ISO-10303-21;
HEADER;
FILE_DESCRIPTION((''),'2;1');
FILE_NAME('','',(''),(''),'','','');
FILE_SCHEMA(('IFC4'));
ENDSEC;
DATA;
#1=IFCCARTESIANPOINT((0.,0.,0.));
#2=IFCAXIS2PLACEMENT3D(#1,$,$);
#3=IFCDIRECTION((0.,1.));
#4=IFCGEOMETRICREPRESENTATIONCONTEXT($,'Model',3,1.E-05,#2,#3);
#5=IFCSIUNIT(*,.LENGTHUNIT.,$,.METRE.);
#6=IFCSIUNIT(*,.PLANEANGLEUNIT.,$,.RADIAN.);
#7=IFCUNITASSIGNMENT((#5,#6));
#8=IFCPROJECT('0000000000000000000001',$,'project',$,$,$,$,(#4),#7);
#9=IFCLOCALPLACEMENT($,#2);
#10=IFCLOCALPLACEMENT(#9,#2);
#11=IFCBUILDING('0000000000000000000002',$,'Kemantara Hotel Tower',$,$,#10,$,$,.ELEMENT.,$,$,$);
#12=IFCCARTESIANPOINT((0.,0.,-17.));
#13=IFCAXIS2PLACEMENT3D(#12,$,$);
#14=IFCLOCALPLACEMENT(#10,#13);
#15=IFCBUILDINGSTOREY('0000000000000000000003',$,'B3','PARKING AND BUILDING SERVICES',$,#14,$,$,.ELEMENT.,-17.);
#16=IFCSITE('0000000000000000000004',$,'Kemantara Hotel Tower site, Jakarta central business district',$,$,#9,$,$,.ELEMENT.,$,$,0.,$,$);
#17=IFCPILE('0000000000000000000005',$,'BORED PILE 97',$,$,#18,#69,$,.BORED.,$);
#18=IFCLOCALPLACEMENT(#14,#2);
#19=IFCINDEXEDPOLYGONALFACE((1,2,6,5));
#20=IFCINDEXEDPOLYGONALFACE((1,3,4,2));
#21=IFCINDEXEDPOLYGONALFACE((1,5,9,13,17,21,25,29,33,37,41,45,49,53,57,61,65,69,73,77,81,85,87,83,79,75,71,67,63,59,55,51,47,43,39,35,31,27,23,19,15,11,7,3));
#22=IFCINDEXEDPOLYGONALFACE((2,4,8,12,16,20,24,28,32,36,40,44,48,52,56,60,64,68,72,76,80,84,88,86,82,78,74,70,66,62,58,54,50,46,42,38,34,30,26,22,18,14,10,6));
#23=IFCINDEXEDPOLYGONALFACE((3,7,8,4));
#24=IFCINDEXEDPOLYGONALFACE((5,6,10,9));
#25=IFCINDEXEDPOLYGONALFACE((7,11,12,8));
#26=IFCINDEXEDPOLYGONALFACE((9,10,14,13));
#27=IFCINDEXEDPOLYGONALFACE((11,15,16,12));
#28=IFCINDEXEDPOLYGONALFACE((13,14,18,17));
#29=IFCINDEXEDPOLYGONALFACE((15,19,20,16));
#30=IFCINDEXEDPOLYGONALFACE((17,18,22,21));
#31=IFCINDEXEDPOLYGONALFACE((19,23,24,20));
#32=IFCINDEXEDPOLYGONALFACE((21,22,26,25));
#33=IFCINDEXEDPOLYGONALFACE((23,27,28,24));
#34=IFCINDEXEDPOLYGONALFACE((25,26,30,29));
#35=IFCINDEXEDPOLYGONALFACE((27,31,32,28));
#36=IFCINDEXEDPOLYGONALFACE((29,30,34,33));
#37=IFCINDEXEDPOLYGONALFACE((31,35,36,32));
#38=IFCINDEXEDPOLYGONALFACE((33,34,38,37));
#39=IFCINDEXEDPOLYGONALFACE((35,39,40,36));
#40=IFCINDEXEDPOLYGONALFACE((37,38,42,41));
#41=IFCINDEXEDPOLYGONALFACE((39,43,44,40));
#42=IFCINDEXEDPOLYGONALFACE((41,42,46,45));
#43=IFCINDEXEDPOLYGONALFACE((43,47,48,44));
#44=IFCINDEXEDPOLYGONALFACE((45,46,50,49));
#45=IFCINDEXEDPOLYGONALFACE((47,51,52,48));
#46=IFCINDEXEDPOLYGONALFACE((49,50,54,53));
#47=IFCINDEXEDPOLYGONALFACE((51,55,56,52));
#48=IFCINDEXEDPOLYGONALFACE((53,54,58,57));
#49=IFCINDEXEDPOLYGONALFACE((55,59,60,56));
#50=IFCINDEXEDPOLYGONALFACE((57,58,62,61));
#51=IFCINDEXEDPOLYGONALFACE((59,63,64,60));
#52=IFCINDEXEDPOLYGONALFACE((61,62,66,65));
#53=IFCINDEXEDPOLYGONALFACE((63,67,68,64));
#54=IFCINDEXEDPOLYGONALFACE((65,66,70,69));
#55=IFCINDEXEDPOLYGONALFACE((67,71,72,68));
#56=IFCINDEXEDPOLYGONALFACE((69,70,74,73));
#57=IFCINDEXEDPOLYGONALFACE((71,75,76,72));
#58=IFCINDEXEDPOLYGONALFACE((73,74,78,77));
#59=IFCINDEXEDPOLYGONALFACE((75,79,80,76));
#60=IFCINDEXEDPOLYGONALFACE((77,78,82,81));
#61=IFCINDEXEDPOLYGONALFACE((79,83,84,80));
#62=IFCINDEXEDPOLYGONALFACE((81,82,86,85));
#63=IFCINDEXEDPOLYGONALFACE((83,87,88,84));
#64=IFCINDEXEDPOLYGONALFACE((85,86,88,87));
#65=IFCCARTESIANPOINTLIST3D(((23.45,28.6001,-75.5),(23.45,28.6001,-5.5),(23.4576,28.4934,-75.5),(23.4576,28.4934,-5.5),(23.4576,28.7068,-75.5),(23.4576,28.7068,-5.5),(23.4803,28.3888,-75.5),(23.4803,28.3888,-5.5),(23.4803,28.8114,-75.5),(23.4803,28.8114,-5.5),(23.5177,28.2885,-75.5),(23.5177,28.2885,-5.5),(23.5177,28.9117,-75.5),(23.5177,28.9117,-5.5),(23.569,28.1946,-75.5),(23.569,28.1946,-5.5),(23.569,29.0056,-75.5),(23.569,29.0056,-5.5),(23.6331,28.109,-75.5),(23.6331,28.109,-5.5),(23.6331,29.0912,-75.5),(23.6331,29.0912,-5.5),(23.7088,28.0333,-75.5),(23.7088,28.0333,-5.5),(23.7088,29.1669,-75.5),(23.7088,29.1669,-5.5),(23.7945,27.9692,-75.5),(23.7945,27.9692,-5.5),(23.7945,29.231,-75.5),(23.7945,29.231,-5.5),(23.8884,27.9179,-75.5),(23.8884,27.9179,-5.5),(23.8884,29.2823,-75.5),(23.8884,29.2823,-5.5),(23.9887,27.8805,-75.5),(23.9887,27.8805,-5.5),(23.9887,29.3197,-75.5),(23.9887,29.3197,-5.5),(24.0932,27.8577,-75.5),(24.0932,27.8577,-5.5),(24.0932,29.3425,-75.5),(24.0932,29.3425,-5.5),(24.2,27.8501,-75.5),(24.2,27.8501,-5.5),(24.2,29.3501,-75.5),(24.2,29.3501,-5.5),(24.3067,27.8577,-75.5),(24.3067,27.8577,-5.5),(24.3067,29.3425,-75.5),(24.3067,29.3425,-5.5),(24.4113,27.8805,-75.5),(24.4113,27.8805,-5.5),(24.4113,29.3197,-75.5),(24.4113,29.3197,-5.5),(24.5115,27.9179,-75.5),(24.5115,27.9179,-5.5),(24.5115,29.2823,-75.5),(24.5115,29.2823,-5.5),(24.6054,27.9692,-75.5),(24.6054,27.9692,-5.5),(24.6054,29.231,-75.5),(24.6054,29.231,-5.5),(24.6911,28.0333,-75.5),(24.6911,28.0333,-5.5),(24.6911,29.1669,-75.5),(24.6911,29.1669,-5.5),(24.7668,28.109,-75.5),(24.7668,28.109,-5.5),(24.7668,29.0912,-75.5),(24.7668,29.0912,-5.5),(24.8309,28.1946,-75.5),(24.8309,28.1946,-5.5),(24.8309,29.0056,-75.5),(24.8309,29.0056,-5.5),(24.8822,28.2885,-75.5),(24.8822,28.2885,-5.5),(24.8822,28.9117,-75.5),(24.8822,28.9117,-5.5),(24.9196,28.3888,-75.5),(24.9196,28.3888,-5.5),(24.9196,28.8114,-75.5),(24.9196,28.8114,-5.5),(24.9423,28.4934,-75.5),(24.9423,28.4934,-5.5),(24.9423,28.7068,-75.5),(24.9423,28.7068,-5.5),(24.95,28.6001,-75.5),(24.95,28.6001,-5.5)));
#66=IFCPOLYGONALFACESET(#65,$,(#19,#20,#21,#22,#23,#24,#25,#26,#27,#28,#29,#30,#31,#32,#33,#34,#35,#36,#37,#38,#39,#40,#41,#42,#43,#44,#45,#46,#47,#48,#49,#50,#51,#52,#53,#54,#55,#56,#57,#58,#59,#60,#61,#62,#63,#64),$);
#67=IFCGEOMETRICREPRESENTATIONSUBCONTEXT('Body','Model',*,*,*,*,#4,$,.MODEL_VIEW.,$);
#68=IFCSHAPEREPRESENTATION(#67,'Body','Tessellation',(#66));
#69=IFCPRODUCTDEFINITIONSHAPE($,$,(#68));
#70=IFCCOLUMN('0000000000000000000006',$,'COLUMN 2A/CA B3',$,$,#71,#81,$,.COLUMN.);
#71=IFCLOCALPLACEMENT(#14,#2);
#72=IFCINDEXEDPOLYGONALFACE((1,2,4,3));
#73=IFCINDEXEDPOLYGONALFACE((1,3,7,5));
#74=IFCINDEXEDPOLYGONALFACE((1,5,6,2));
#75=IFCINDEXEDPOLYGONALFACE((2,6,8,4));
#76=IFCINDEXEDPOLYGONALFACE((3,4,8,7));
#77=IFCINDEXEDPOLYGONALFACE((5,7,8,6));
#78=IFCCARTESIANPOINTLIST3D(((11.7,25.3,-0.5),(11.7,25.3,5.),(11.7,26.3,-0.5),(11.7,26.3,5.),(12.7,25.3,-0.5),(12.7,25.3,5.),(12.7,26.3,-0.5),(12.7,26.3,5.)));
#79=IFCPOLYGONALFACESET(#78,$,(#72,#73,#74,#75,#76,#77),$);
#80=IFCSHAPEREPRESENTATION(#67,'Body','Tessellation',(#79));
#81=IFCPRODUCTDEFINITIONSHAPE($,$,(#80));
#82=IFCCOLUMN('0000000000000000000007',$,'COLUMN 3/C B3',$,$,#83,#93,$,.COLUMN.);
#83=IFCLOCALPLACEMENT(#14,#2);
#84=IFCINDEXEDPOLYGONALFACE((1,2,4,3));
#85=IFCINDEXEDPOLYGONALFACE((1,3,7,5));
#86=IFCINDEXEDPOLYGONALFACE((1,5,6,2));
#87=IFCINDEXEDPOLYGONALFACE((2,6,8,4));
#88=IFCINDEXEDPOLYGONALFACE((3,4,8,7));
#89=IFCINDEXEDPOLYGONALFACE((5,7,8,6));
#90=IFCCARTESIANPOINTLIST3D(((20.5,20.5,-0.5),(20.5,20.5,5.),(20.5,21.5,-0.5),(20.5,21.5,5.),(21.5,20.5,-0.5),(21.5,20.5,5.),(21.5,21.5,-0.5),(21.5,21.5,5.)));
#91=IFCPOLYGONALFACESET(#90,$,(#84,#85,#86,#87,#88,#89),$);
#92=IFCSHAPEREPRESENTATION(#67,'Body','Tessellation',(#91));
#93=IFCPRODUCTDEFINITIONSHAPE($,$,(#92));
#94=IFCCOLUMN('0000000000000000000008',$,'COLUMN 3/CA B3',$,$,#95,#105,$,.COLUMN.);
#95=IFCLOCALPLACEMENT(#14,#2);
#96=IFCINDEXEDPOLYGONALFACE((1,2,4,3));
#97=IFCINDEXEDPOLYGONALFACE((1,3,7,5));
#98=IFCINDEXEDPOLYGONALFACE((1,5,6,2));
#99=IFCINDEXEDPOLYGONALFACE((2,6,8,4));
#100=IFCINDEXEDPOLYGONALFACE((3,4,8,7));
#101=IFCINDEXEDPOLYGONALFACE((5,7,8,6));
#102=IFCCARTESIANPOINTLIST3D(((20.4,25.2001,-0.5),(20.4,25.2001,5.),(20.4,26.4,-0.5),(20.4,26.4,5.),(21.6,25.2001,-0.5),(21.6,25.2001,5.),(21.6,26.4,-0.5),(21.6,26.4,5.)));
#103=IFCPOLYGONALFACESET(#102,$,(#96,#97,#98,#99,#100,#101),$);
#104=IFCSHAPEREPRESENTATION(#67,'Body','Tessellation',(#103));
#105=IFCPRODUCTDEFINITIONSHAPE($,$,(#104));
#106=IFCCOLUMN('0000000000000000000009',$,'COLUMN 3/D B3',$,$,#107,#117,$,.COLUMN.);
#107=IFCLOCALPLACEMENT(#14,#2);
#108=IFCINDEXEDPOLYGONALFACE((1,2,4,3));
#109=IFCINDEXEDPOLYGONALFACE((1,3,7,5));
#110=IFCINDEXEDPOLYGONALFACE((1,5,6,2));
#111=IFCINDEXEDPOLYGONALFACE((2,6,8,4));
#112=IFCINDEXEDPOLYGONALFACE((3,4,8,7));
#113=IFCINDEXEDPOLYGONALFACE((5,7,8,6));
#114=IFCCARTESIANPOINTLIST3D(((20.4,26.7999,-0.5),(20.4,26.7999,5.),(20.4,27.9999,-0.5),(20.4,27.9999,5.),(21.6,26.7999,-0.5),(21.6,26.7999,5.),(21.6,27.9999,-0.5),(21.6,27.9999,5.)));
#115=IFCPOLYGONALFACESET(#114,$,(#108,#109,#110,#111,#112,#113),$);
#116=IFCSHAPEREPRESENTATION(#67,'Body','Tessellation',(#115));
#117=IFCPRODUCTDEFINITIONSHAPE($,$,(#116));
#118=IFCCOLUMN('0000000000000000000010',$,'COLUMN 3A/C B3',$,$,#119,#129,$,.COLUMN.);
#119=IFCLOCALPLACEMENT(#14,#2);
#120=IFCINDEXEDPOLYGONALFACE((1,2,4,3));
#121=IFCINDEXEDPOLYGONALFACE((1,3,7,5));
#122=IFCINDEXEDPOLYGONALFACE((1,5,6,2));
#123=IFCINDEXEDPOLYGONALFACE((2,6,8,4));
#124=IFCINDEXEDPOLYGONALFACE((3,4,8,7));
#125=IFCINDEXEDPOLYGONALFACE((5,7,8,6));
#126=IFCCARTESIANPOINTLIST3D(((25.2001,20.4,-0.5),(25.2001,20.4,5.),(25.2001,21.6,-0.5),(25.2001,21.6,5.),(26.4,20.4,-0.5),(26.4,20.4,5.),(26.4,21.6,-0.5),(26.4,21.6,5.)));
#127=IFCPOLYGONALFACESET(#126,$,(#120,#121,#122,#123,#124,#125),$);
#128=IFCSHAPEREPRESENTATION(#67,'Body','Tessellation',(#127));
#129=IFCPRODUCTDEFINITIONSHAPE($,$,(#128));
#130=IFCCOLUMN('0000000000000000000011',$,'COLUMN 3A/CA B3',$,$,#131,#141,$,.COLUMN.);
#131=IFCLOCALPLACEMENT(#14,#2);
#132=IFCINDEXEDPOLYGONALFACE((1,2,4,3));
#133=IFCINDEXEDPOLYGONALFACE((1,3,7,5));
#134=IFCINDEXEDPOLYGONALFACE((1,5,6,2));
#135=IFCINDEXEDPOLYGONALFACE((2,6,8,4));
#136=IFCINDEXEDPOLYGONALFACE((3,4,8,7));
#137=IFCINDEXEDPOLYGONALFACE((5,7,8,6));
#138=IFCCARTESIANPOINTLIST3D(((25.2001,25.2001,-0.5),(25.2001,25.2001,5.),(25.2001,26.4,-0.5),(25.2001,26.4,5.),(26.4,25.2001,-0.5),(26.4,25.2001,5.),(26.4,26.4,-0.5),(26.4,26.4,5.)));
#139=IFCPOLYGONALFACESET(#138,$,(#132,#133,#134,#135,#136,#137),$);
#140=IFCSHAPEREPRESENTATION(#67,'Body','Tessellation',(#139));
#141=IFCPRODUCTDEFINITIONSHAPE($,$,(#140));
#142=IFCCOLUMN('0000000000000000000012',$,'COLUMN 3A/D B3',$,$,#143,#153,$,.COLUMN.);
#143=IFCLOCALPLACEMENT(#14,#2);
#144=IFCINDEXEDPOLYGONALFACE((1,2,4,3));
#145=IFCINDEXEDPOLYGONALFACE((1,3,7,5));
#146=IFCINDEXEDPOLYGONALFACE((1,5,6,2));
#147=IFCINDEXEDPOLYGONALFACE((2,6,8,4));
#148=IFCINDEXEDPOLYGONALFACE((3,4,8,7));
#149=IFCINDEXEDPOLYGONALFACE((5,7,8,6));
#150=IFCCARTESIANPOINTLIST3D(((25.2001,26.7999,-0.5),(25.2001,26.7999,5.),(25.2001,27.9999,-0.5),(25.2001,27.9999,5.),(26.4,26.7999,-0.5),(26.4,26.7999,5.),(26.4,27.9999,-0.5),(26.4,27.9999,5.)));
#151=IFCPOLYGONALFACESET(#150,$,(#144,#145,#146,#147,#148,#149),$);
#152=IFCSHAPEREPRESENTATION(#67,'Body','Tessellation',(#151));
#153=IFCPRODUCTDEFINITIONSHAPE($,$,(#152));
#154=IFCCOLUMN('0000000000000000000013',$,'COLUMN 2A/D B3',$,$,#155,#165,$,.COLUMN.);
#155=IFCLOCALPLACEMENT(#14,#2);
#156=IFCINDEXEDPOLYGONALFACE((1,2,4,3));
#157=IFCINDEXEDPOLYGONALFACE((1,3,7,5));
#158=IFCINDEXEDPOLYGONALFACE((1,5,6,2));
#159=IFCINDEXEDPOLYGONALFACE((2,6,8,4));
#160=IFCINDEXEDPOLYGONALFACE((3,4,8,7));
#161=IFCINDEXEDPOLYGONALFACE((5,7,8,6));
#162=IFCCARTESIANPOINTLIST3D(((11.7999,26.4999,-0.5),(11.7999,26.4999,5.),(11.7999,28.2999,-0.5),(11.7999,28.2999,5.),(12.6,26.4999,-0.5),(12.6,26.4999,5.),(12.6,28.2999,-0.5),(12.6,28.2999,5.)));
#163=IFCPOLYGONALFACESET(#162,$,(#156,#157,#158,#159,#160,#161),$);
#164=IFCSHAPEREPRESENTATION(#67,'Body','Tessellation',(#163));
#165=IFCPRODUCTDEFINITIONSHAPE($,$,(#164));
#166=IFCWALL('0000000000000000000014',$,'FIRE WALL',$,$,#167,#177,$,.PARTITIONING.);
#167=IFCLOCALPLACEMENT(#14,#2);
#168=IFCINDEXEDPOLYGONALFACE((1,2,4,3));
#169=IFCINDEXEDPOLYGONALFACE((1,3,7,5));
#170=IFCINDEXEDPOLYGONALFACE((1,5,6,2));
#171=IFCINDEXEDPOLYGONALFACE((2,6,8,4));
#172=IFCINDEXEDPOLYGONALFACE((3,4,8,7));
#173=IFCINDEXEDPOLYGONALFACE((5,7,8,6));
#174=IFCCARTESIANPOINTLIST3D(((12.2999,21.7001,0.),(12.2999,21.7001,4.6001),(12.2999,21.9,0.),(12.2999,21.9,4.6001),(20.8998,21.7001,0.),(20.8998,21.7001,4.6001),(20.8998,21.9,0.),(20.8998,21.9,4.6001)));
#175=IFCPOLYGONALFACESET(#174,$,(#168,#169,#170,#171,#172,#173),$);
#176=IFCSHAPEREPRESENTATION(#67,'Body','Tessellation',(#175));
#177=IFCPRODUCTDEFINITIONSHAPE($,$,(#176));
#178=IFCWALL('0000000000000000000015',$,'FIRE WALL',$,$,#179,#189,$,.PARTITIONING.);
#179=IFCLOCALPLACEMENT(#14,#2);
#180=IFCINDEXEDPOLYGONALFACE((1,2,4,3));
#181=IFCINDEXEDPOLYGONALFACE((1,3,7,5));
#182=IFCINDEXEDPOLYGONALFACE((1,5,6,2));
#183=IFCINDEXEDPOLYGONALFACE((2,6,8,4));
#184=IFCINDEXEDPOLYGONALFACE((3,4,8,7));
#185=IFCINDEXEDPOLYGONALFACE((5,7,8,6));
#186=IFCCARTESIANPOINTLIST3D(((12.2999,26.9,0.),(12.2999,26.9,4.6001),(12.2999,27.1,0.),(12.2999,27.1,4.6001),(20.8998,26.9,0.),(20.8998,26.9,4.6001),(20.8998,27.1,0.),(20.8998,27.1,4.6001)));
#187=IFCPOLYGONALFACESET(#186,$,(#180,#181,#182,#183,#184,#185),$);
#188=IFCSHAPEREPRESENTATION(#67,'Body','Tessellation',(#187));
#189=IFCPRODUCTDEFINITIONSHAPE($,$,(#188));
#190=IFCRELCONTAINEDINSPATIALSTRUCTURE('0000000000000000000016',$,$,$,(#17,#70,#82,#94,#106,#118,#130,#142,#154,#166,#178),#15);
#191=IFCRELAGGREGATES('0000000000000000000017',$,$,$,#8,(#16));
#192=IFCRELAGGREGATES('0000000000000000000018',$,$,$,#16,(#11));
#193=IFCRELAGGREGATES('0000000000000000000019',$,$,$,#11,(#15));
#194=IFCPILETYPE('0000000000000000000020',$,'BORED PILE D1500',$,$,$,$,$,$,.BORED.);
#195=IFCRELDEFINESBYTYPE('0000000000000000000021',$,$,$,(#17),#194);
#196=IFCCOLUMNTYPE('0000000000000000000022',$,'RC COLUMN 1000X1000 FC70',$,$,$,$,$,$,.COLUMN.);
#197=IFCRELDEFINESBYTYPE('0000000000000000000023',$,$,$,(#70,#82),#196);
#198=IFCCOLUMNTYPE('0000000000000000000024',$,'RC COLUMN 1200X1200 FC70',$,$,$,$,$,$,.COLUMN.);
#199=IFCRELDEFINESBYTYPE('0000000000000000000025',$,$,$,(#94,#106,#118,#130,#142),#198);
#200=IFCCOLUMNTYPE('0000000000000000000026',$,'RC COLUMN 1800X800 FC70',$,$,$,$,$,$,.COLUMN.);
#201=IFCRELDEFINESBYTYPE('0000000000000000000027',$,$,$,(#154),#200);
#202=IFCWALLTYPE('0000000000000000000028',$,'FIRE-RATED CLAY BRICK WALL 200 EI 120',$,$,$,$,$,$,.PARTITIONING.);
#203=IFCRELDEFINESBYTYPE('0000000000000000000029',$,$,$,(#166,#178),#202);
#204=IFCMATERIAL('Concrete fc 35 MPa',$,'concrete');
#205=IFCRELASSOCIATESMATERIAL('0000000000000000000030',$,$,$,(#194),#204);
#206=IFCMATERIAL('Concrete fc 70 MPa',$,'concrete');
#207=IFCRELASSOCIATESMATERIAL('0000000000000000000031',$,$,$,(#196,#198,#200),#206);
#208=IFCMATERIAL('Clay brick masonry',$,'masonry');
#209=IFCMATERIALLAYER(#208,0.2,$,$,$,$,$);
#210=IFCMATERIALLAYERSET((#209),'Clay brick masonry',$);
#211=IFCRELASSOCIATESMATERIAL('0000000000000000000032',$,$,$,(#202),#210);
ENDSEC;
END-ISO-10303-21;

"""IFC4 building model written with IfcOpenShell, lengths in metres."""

from ifc_helpers import new_model, si_unit, direction, frame, frame_2d, origin, origin_2d, place, context, subcontext, project, spatial, rectangle, circle, extrude, material, layer, layer_set, material_profile, profile_set, type_object, element, save


model = new_model("IFC4")

# Units and contexts
model_context = context("Model", 3, precision=1e-05, world=origin(), true_north=direction((0.0, 1.0)))
body_context = subcontext(model_context, "Body", "Model", "MODEL_VIEW")
ifc_project = project(units=[si_unit("LENGTHUNIT", "METRE"), si_unit("PLANEANGLEUNIT", "RADIAN")], contexts=[model_context])

# Site, building, storey
site_placement = place(None, origin())
site = spatial("IfcSite", under=ifc_project, at=site_placement, Name="Kemantara Hotel Tower site, Jakarta central business district", CompositionType="ELEMENT", RefElevation=0.0)
building_placement = place(site_placement, origin())
building = spatial("IfcBuilding", under=site, at=building_placement, Name="Kemantara Hotel Tower", CompositionType="ELEMENT")
storey_placement = place(building_placement, frame((0.0, 0.0, -17.0)))
storey = spatial("IfcBuildingStorey", under=building, at=storey_placement, Name="B3", Description="PARKING AND BUILDING SERVICES", CompositionType="ELEMENT", Elevation=-17.0)

# Pile
ifc_material_1 = material(Name="Concrete fc 35 MPa", Category="concrete")
ifc_material_profile_1 = material_profile(ifc_material_1, circle(Radius=0.75, at=origin_2d()), Name="BORED PILE D1500")
ifc_profile_set_1 = profile_set([ifc_material_profile_1], Name="Concrete fc 35 MPa")
pile_type = type_object("IfcPileType", Name="BORED PILE D1500", PredefinedType="BORED", material=ifc_profile_set_1)
for number, where, z_axis, x_axis, name in (
    (1, (24.2, 28.6001, -5.5), (0.0, 0.0, -1.0), (1.0, 0.0, 0.0), "BORED PILE 97"),
):
    element("IfcPile", number, at=place(storey_placement, frame(where, z_axis=z_axis, x_axis=x_axis)), inside=storey, type_object=pile_type, Name=name, PredefinedType="BORED", context=body_context, shape_type="SweptSolid", body=[
        extrude(circle(Radius=0.75, at=origin_2d()), origin(), (0.0, 0.0, 1.0), 70.0),
    ])

# Columns
ifc_material_2 = material(Name="Concrete fc 70 MPa", Category="concrete")
ifc_material_profile_2 = material_profile(ifc_material_2, rectangle(XDim=1.0, YDim=1.0, at=origin_2d()), Name="RC 1000X1000")
ifc_profile_set_2 = profile_set([ifc_material_profile_2], Name="Concrete fc 70 MPa")
column_type_1 = type_object("IfcColumnType", Name="RC COLUMN 1000X1000 FC70", PredefinedType="COLUMN", material=ifc_profile_set_2)
for number, where, z_axis, x_axis, name in (
    (2, (12.2, 25.8, -0.5), (0.0, 0.0, 1.0), (1.0, 0.0, 0.0), "COLUMN 2A/CA B3"),
    (3, (21.0, 21.0, -0.5), (0.0, 0.0, 1.0), (1.0, 0.0, 0.0), "COLUMN 3/C B3"),
):
    element("IfcColumn", number, at=place(storey_placement, frame(where, z_axis=z_axis, x_axis=x_axis)), inside=storey, type_object=column_type_1, Name=name, PredefinedType="COLUMN", context=body_context, shape_type="SweptSolid", body=[
        extrude(rectangle(XDim=1.0, YDim=1.0, at=origin_2d()), origin(), (0.0, 0.0, 1.0), 5.5),
    ])
ifc_material_profile_3 = material_profile(ifc_material_2, rectangle(XDim=1.2, YDim=1.2, at=origin_2d()), Name="RC 1200X1200")
ifc_profile_set_3 = profile_set([ifc_material_profile_3], Name="Concrete fc 70 MPa")
column_type_2 = type_object("IfcColumnType", Name="RC COLUMN 1200X1200 FC70", PredefinedType="COLUMN", material=ifc_profile_set_3)
for number, where, z_axis, x_axis, name in (
    (4, (21.0, 25.8, -0.5), (0.0, 0.0, 1.0), (1.0, 0.0, 0.0), "COLUMN 3/CA B3"),
    (5, (21.0, 27.3999, -0.5), (0.0, 0.0, 1.0), (1.0, 0.0, 0.0), "COLUMN 3/D B3"),
    (6, (25.8, 21.0, -0.5), (0.0, 0.0, 1.0), (1.0, 0.0, 0.0), "COLUMN 3A/C B3"),
    (7, (25.8, 25.8, -0.5), (0.0, 0.0, 1.0), (1.0, 0.0, 0.0), "COLUMN 3A/CA B3"),
    (8, (25.8, 27.3999, -0.5), (0.0, 0.0, 1.0), (1.0, 0.0, 0.0), "COLUMN 3A/D B3"),
):
    element("IfcColumn", number, at=place(storey_placement, frame(where, z_axis=z_axis, x_axis=x_axis)), inside=storey, type_object=column_type_2, Name=name, PredefinedType="COLUMN", context=body_context, shape_type="SweptSolid", body=[
        extrude(rectangle(XDim=1.2, YDim=1.2, at=origin_2d()), origin(), (0.0, 0.0, 1.0), 5.5),
    ])
ifc_material_profile_4 = material_profile(ifc_material_2, rectangle(XDim=1.8, YDim=0.8, at=origin_2d()), Name="RC 1800X800")
ifc_profile_set_4 = profile_set([ifc_material_profile_4], Name="Concrete fc 70 MPa")
column_type_3 = type_object("IfcColumnType", Name="RC COLUMN 1800X800 FC70", PredefinedType="COLUMN", material=ifc_profile_set_4)
column_placement = place(storey_placement, frame((12.2, 27.3999, -0.5), z_axis=(0.0, 0.0, 1.0), x_axis=(0.0, 1.0, 0.0)))
element("IfcColumn", 9, at=column_placement, inside=storey, type_object=column_type_3, Name="COLUMN 2A/D B3", PredefinedType="COLUMN", context=body_context, shape_type="SweptSolid", body=[
    extrude(rectangle(XDim=1.8, YDim=0.8, at=origin_2d()), origin(), (0.0, 0.0, 1.0), 5.5),
])

# Walls
ifc_material_3 = material(Name="Clay brick masonry", Category="masonry")
ifc_layer = layer(ifc_material_3, 0.2)
ifc_layer_set = layer_set([ifc_layer], Name="Clay brick masonry")
wall_type = type_object("IfcWallType", Name="FIRE-RATED CLAY BRICK WALL 200 EI 120", PredefinedType="PARTITIONING", material=ifc_layer_set)
for number, where, z_axis, x_axis, name in (
    (10, (12.3, 21.8, 0.0), (0.0, 0.0, 1.0), (1.0, 0.0, 0.0), "FIRE WALL"),
    (11, (12.3, 27.0, 0.0), (0.0, 0.0, 1.0), (1.0, 0.0, 0.0), "FIRE WALL"),
):
    element("IfcWall", number, at=place(storey_placement, frame(where, z_axis=z_axis, x_axis=x_axis)), inside=storey, type_object=wall_type, Name=name, PredefinedType="PARTITIONING", context=body_context, shape_type="SweptSolid", body=[
        extrude(rectangle(XDim=8.5999, YDim=0.2, at=frame_2d((4.2998, 0.0))), origin(), (0.0, 0.0, 1.0), 4.6001),
    ])

save(model, "model.ifc")
